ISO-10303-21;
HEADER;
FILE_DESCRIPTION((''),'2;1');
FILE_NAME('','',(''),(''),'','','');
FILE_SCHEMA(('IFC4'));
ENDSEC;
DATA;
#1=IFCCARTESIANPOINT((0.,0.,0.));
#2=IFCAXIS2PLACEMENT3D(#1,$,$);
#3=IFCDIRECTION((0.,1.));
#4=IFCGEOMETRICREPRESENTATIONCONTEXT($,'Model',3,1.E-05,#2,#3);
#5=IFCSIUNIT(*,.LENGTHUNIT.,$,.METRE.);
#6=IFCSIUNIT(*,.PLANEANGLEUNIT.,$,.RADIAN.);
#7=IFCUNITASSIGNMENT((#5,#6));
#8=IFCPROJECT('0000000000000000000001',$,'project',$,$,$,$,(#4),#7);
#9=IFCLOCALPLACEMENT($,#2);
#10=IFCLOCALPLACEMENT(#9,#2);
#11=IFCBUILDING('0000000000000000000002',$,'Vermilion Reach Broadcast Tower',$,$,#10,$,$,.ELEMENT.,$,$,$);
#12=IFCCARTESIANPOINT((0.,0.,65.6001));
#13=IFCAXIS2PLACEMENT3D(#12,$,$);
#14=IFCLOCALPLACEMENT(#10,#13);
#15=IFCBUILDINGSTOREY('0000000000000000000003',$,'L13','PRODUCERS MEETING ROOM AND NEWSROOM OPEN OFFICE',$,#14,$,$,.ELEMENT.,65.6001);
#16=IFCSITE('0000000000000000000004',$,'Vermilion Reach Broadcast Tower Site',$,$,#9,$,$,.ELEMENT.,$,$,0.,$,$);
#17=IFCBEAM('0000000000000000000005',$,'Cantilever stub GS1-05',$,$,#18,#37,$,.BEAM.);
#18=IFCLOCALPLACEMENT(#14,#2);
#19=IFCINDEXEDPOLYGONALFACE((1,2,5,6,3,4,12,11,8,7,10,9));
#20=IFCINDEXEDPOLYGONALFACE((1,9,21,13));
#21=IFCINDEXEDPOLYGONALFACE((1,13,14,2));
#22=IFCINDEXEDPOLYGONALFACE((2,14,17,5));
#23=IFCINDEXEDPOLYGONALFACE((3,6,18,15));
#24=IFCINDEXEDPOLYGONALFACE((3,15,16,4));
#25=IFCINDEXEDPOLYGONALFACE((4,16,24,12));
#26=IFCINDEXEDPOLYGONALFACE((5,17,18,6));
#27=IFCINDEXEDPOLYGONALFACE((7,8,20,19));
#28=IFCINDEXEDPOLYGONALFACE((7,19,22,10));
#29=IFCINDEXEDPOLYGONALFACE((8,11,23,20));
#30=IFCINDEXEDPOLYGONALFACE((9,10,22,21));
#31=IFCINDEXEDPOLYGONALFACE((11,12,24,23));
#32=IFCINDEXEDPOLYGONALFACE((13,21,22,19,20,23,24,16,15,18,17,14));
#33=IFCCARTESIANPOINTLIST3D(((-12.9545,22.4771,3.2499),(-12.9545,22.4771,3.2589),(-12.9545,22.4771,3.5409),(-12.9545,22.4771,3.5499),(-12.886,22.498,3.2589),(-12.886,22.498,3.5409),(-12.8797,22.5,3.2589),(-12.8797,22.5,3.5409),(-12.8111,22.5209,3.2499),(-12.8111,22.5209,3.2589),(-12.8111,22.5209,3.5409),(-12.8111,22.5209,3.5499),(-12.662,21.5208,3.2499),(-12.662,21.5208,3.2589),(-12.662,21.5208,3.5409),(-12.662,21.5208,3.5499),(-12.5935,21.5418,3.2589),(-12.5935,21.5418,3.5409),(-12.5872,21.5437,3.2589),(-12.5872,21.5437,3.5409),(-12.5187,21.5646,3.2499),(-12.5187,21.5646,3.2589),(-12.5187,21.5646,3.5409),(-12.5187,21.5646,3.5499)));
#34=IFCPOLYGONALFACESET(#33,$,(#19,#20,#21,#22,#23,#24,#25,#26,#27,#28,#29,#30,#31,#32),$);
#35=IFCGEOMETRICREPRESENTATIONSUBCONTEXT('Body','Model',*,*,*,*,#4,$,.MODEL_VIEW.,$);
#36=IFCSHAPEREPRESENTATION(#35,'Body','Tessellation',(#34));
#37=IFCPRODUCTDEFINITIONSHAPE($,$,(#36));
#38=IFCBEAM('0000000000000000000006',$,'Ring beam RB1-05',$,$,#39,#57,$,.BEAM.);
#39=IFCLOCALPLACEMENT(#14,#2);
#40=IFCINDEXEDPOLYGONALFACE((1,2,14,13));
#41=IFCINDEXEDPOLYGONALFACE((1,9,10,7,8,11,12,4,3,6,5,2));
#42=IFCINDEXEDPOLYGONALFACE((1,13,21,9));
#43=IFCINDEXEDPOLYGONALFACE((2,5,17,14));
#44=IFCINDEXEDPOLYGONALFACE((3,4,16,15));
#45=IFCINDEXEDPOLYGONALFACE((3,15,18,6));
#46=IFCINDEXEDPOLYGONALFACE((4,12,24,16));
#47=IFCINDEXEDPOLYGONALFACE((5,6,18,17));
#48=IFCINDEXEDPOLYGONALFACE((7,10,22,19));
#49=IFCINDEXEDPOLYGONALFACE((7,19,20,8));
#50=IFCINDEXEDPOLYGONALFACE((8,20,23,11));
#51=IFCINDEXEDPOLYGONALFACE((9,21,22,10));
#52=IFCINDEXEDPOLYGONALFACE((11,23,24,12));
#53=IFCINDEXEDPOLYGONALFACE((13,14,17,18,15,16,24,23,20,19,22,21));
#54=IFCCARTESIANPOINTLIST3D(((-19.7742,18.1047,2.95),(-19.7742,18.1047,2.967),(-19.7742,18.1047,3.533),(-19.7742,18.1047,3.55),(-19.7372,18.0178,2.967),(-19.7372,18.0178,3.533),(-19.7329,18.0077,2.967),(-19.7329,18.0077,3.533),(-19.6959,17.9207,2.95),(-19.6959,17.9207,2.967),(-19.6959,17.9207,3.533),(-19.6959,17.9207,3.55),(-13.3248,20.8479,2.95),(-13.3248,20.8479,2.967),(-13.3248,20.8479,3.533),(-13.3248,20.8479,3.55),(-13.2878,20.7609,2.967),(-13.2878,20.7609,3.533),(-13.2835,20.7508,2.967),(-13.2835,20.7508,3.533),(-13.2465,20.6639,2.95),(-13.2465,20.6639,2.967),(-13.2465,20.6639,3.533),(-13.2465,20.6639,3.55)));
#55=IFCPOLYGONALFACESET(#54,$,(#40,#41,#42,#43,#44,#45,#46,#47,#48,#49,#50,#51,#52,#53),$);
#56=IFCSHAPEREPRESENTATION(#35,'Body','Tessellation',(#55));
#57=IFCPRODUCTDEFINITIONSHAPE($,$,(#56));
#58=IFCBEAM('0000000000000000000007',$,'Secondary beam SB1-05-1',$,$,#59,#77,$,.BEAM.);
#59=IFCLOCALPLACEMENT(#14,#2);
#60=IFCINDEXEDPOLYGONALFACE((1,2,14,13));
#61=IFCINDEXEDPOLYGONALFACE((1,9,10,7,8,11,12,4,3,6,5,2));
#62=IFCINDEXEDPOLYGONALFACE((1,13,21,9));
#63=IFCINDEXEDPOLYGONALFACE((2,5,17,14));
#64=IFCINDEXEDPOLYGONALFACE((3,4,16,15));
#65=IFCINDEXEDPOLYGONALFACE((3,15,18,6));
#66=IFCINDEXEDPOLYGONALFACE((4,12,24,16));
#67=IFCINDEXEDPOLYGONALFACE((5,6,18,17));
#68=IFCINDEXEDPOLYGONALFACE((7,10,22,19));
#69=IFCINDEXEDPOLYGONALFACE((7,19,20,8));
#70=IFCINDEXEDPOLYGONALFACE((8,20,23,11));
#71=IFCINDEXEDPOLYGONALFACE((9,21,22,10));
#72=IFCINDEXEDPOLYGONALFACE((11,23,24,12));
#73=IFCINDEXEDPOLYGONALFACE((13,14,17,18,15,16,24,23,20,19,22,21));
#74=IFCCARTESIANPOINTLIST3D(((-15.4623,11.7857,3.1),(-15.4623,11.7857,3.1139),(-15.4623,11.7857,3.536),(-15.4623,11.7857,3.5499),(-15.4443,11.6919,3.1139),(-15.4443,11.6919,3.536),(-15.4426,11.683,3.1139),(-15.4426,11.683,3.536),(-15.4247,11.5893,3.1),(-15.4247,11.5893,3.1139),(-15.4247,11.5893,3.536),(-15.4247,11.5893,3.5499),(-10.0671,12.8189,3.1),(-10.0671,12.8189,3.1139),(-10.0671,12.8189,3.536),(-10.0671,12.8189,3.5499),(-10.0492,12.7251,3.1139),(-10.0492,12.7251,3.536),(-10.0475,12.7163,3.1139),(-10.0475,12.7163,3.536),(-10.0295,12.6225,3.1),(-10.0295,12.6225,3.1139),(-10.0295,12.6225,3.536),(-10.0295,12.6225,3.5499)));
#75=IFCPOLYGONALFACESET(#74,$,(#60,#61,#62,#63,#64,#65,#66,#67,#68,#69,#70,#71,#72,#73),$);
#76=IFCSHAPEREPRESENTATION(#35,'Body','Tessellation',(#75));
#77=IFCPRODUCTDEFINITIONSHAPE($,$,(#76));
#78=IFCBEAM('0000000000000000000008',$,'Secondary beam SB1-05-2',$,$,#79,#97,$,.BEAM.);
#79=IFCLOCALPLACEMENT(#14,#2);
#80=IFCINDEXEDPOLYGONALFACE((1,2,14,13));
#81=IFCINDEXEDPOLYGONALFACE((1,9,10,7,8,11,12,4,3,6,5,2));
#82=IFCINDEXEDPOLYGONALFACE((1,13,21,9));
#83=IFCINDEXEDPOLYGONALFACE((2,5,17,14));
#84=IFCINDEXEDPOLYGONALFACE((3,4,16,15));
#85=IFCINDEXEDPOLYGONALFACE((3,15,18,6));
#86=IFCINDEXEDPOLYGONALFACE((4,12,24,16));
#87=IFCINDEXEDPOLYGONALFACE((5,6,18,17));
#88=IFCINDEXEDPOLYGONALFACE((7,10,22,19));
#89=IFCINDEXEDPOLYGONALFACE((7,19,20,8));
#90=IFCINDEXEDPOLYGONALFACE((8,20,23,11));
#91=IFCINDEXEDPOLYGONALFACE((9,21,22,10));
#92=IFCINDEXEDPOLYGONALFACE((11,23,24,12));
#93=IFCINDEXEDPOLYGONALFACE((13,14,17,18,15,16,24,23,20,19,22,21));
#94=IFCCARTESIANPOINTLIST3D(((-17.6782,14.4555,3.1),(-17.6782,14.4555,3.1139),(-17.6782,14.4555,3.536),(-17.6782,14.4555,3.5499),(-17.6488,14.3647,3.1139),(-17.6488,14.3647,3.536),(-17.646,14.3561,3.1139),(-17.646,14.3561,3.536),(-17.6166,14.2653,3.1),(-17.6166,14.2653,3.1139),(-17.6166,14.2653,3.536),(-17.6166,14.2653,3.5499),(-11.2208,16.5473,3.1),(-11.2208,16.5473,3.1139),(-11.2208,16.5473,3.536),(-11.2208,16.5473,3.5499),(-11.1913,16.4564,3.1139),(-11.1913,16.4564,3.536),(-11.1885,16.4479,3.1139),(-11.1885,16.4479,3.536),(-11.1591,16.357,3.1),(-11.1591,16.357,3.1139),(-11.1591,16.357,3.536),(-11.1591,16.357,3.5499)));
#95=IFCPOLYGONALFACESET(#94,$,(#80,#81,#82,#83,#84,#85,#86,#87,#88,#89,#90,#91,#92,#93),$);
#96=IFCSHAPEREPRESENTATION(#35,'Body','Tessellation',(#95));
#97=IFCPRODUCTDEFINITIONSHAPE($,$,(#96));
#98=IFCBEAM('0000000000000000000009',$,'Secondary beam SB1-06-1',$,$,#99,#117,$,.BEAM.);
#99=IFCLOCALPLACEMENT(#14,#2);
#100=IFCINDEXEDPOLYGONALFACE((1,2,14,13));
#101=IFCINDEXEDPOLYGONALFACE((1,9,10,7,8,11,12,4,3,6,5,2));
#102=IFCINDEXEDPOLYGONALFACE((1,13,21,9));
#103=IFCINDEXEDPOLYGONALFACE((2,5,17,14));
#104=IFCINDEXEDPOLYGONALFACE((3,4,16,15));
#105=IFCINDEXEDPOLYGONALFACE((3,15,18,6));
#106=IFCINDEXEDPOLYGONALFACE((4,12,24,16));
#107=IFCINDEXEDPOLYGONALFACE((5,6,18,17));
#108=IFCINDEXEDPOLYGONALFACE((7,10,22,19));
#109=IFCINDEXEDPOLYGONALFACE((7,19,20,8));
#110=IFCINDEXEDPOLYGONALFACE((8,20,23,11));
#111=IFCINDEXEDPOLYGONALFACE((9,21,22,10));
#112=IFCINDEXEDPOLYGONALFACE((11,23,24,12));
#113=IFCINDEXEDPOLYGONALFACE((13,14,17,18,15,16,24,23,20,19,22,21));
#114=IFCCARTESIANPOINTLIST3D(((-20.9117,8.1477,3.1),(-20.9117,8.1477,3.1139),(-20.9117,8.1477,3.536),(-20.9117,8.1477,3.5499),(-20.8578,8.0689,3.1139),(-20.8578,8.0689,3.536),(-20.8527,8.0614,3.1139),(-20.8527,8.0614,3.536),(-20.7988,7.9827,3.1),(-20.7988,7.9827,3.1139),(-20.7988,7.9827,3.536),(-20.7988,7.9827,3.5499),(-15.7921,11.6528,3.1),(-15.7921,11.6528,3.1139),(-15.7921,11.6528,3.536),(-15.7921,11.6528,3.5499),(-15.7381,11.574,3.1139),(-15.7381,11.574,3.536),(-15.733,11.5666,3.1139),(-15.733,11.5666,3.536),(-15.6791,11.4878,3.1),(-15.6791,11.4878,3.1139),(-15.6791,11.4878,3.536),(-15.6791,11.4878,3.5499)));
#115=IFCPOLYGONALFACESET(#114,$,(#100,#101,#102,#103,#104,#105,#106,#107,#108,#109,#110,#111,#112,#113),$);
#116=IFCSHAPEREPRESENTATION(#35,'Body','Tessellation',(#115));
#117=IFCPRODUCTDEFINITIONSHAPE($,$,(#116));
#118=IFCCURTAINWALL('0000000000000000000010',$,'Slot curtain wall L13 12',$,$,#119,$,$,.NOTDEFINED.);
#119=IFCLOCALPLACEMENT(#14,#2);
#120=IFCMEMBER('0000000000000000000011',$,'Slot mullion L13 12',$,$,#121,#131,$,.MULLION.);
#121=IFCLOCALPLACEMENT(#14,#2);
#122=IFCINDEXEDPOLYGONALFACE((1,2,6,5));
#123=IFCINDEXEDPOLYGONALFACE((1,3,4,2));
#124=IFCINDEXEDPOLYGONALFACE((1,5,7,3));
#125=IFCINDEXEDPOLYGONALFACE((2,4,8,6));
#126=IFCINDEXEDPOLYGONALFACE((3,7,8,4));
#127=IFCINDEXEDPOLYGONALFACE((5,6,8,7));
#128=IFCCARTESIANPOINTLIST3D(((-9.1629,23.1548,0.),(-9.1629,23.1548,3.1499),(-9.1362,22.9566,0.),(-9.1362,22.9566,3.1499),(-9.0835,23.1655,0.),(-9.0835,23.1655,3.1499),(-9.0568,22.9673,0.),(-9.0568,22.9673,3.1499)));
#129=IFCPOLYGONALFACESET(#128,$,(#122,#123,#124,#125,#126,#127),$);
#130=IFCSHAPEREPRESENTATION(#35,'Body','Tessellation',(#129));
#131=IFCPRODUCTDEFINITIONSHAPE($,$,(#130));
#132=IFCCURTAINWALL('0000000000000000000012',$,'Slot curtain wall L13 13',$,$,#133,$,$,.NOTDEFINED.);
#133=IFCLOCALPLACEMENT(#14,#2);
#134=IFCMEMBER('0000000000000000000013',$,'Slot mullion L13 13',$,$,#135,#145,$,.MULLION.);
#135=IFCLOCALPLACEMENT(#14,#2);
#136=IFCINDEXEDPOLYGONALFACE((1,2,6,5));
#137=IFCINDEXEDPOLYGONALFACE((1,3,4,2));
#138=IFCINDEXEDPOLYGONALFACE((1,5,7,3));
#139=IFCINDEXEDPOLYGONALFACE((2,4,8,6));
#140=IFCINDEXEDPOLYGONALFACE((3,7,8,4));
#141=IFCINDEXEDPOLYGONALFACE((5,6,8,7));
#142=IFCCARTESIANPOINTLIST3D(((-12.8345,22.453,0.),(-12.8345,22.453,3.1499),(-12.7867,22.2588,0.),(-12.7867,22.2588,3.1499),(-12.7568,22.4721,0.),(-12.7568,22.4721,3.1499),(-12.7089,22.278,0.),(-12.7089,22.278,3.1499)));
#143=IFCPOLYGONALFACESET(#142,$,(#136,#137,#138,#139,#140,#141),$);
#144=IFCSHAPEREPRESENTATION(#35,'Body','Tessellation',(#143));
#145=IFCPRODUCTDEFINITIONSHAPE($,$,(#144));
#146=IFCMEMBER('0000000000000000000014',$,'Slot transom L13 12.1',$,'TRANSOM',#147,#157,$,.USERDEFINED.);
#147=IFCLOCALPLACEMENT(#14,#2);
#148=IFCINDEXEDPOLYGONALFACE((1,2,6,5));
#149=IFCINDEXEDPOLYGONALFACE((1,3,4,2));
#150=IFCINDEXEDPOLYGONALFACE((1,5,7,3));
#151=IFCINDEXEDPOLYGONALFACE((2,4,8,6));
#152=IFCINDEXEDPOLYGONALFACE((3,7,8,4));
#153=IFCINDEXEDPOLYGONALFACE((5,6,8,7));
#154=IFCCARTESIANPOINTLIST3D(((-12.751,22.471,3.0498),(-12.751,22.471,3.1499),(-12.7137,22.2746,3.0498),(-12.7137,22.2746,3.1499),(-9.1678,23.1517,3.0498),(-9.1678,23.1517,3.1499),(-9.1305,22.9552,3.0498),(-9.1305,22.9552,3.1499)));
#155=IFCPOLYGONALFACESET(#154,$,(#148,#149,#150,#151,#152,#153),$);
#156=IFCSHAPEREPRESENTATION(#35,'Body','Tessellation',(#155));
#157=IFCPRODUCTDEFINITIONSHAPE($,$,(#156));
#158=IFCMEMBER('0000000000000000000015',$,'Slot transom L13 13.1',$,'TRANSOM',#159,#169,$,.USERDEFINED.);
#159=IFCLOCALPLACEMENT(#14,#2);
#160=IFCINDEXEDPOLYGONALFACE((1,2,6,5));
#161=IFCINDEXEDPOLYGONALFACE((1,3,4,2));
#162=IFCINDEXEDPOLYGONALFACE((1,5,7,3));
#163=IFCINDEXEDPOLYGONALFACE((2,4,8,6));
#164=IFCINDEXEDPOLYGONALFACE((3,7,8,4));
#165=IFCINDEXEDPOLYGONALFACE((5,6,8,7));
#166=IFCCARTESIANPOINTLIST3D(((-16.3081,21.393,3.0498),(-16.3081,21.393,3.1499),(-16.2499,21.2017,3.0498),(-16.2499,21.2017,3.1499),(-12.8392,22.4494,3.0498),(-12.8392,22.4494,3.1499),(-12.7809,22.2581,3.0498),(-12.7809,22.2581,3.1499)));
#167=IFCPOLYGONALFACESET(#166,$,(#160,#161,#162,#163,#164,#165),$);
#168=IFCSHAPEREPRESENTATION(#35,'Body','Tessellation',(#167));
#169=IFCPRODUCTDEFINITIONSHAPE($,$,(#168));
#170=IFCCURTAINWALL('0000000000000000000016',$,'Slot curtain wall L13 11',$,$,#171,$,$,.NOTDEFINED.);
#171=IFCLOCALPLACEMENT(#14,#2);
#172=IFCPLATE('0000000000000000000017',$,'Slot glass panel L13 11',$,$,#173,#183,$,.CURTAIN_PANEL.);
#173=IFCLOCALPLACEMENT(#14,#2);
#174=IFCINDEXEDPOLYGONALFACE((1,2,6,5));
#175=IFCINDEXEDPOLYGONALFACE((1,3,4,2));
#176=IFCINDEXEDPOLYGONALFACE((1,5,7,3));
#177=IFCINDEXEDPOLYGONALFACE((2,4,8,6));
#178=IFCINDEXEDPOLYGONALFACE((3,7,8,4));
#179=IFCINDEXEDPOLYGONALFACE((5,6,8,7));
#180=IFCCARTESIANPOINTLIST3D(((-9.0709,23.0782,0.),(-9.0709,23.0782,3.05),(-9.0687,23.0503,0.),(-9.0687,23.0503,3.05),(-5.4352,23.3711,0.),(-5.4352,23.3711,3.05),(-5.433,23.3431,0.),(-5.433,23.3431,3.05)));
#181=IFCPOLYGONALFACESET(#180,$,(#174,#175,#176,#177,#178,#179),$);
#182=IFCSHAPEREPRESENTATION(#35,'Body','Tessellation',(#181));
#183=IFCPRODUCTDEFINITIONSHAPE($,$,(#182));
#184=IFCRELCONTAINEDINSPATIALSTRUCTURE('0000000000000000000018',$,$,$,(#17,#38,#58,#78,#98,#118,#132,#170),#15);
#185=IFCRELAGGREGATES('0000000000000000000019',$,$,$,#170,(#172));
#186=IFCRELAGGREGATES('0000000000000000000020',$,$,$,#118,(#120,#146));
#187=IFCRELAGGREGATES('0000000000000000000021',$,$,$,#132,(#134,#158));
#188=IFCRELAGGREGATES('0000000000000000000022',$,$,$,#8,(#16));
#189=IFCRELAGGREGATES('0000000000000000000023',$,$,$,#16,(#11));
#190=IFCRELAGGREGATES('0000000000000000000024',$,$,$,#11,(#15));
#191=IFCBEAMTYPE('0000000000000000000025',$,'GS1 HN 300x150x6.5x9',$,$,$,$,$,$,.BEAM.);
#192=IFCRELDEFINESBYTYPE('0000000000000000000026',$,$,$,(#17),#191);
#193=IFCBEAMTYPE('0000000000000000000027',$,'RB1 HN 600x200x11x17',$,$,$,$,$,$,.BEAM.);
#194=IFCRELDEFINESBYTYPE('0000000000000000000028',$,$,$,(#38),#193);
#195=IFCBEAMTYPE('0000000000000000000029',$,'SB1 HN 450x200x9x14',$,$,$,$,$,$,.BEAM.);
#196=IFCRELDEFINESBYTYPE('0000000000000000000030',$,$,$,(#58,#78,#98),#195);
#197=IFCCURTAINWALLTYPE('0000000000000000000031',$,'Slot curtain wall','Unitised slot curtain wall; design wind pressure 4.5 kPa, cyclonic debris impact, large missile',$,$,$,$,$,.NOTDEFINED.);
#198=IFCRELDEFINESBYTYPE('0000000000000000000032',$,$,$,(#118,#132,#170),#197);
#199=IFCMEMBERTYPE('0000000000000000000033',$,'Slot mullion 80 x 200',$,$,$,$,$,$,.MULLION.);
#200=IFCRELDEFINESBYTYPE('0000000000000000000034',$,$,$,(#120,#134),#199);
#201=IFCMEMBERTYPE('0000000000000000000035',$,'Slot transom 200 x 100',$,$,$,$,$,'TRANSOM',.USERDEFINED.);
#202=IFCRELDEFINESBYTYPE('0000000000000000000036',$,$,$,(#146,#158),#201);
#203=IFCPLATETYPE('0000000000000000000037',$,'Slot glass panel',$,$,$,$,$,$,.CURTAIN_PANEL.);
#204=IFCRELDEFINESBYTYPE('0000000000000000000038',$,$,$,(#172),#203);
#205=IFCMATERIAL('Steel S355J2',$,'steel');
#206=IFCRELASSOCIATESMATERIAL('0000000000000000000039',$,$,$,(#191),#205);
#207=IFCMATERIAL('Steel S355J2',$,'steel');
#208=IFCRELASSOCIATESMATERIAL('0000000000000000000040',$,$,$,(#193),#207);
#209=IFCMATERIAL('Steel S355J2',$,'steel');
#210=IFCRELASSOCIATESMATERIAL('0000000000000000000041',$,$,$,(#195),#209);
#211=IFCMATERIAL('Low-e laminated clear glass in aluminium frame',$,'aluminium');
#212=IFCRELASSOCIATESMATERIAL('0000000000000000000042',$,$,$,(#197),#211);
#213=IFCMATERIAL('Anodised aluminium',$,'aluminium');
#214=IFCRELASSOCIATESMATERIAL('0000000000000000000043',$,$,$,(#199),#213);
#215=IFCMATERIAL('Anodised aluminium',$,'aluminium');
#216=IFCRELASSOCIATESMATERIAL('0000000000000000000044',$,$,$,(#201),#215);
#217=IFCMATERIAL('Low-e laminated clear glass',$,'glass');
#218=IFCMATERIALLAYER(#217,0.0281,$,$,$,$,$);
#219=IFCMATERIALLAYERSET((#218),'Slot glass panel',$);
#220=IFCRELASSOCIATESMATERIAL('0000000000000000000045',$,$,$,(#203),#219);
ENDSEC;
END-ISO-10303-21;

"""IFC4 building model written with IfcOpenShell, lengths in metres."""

from ifc_helpers import new_model, si_unit, direction, frame, origin, origin_2d, place, context, subcontext, project, spatial, rectangle, i_section, extrude, material, layer, layer_set, material_profile, profile_set, type_object, element, aggregate, save


model = new_model("IFC4")

# Units and contexts
model_context = context("Model", 3, precision=1e-05, world=origin(), true_north=direction((0.0, 1.0)))
body_context = subcontext(model_context, "Body", "Model", "MODEL_VIEW")
ifc_project = project(units=[si_unit("LENGTHUNIT", "METRE"), si_unit("PLANEANGLEUNIT", "RADIAN")], contexts=[model_context])

# Site, building, storey
site_placement = place(None, origin())
site = spatial("IfcSite", under=ifc_project, at=site_placement, Name="Vermilion Reach Broadcast Tower Site", CompositionType="ELEMENT", RefElevation=0.0)
building_placement = place(site_placement, origin())
building = spatial("IfcBuilding", under=site, at=building_placement, Name="Vermilion Reach Broadcast Tower", CompositionType="ELEMENT")
storey_placement = place(building_placement, frame((0.0, 0.0, 65.6001)))
storey = spatial("IfcBuildingStorey", under=building, at=storey_placement, Name="L13", Description="PRODUCERS MEETING ROOM AND NEWSROOM OPEN OFFICE", CompositionType="ELEMENT", Elevation=65.6001)

# Beams
ifc_material_1 = material(Name="Steel S355J2", Category="steel")
ifc_material_profile_1 = material_profile(ifc_material_1, i_section(OverallWidth=0.1499, OverallDepth=0.3, WebThickness=0.0066, FlangeThickness=0.009, at=origin_2d()), Name="S355J2 HN 300x150x6.5x9")
ifc_profile_set_1 = profile_set([ifc_material_profile_1], Name="Steel S355J2")
beam_type_1 = type_object("IfcBeamType", Name="GS1 HN 300x150x6.5x9", PredefinedType="BEAM", material=ifc_profile_set_1)
beam_1_placement = place(storey_placement, frame((-12.5903, 21.5427, 3.3999), z_axis=(-0.292473, 0.956274, 0.0), x_axis=(-0.956274, -0.292473, 0.0)))
element("IfcBeam", 1, at=beam_1_placement, inside=storey, type_object=beam_type_1, Name="Cantilever stub GS1-05", PredefinedType="BEAM", context=body_context, shape_type="SweptSolid", body=[
    extrude(i_section(OverallWidth=0.1499, OverallDepth=0.3, WebThickness=0.0066, FlangeThickness=0.009, at=origin_2d()), origin(), (0.0, 0.0, 1.0), 1.0),
])
ifc_material_2 = material(Name="Steel S355J2", Category="steel")
ifc_material_profile_2 = material_profile(ifc_material_2, i_section(OverallWidth=0.2, OverallDepth=0.6001, WebThickness=0.011, FlangeThickness=0.0171, at=origin_2d()), Name="S355J2 HN 600x200x11x17")
ifc_profile_set_2 = profile_set([ifc_material_profile_2], Name="Steel S355J2")
beam_type_2 = type_object("IfcBeamType", Name="RB1 HN 600x200x11x17", PredefinedType="BEAM", material=ifc_profile_set_2)
beam_2_placement = place(storey_placement, frame((-13.2856, 20.7559, 3.25), z_axis=(-0.920221, -0.3914, 0.0), x_axis=(0.3914, -0.920221, 0.0)))
element("IfcBeam", 2, at=beam_2_placement, inside=storey, type_object=beam_type_2, Name="Ring beam RB1-05", PredefinedType="BEAM", context=body_context, shape_type="SweptSolid", body=[
    extrude(i_section(OverallWidth=0.2, OverallDepth=0.6001, WebThickness=0.011, FlangeThickness=0.0171, at=origin_2d()), origin(), (0.0, 0.0, 1.0), 7.0085),
])
ifc_material_3 = material(Name="Steel S355J2", Category="steel")
ifc_material_profile_3 = material_profile(ifc_material_3, i_section(OverallWidth=0.2, OverallDepth=0.45, WebThickness=0.009, FlangeThickness=0.0139, at=origin_2d()), Name="S355J2 HN 450x200x9x14")
ifc_profile_set_3 = profile_set([ifc_material_profile_3], Name="Steel S355J2")
beam_type_3 = type_object("IfcBeamType", Name="SB1 HN 450x200x9x14", PredefinedType="BEAM", material=ifc_profile_set_3)
beam_3_placement = place(storey_placement, frame((-10.0483, 12.7207, 3.325), z_axis=(-0.982151, -0.188092, 0.0), x_axis=(0.188092, -0.982151, 0.0)))
element("IfcBeam", 3, at=beam_3_placement, inside=storey, type_object=beam_type_3, Name="Secondary beam SB1-05-1", PredefinedType="BEAM", context=body_context, shape_type="SweptSolid", body=[
    extrude(i_section(OverallWidth=0.2, OverallDepth=0.45, WebThickness=0.009, FlangeThickness=0.0139, at=origin_2d()), origin(), (0.0, 0.0, 1.0), 5.4932),
])
beam_4_placement = place(storey_placement, frame((-11.1899, 16.4521, 3.325), z_axis=(-0.951332, -0.308167, 0.0), x_axis=(0.308167, -0.951332, 0.0)))
element("IfcBeam", 4, at=beam_4_placement, inside=storey, type_object=beam_type_3, Name="Secondary beam SB1-05-2", PredefinedType="BEAM", context=body_context, shape_type="SweptSolid", body=[
    extrude(i_section(OverallWidth=0.2, OverallDepth=0.45, WebThickness=0.009, FlangeThickness=0.0139, at=origin_2d()), origin(), (0.0, 0.0, 1.0), 6.7878),
])
beam_5_placement = place(storey_placement, frame((-15.7356, 11.5703, 3.325), z_axis=(-0.82514, -0.564928, 0.0), x_axis=(0.564928, -0.82514, 0.0)))
element("IfcBeam", 5, at=beam_5_placement, inside=storey, type_object=beam_type_3, Name="Secondary beam SB1-06-1", PredefinedType="BEAM", context=body_context, shape_type="SweptSolid", body=[
    extrude(i_section(OverallWidth=0.2, OverallDepth=0.45, WebThickness=0.009, FlangeThickness=0.0139, at=origin_2d()), origin(), (0.0, 0.0, 1.0), 6.2046),
])

# Curtain walls, members
ifc_material_4 = material(Name="Low-e laminated clear glass in aluminium frame", Category="aluminium")
curtain_wall_type = type_object("IfcCurtainWallType", Name="Slot curtain wall", Description="Unitised slot curtain wall; design wind pressure 4.5 kPa, cyclonic debris impact, large missile", PredefinedType="NOTDEFINED", material=ifc_material_4)
placement = place(storey_placement, origin())
curtain_wall_1 = element("IfcCurtainWall", 6, at=placement, inside=storey, type_object=curtain_wall_type, Name="Slot curtain wall L13 12", PredefinedType="NOTDEFINED")
ifc_material_5 = material(Name="Anodised aluminium", Category="aluminium")
ifc_material_profile_4 = material_profile(ifc_material_5, rectangle(XDim=0.2, YDim=0.0801, at=origin_2d()), Name="Slot mullion 80 x 200")
ifc_profile_set_4 = profile_set([ifc_material_profile_4], Name="Anodised aluminium")
member_type_1 = type_object("IfcMemberType", Name="Slot mullion 80 x 200", PredefinedType="MULLION", material=ifc_profile_set_4)
member_1_placement = place(storey_placement, frame((-9.1099, 23.061, 0.0), z_axis=(0.0, 0.0, 1.0), x_axis=(0.13364, -0.99103, 0.0)))
member_1 = element("IfcMember", 7, at=member_1_placement, type_object=member_type_1, Name="Slot mullion L13 12", PredefinedType="MULLION", context=body_context, shape_type="SweptSolid", body=[
    extrude(rectangle(XDim=0.2, YDim=0.0801, at=origin_2d()), origin(), (0.0, 0.0, 1.0), 3.1499),
])
curtain_wall_2 = element("IfcCurtainWall", 8, at=placement, inside=storey, type_object=curtain_wall_type, Name="Slot curtain wall L13 13", PredefinedType="NOTDEFINED")
member_2_placement = place(storey_placement, frame((-12.7717, 22.3655, 0.0), z_axis=(0.0, 0.0, 1.0), x_axis=(0.239312, -0.970943, 0.0)))
member_2 = element("IfcMember", 9, at=member_2_placement, type_object=member_type_1, Name="Slot mullion L13 13", PredefinedType="MULLION", context=body_context, shape_type="SweptSolid", body=[
    extrude(rectangle(XDim=0.2, YDim=0.0801, at=origin_2d()), origin(), (0.0, 0.0, 1.0), 3.1499),
])

# Members
ifc_material_6 = material(Name="Anodised aluminium", Category="aluminium")
ifc_material_profile_5 = material_profile(ifc_material_6, rectangle(XDim=0.2, YDim=0.1001, at=origin_2d()), Name="Slot transom 200 x 100")
ifc_profile_set_5 = profile_set([ifc_material_profile_5], Name="Anodised aluminium")
member_type_2 = type_object("IfcMemberType", Name="Slot transom 200 x 100", ElementType="TRANSOM", PredefinedType="USERDEFINED", material=ifc_profile_set_5)
member_3_placement = place(storey_placement, frame((-9.1492, 23.0535, 3.0999), z_axis=(-0.982432, -0.18662, 0.0), x_axis=(0.18662, -0.982432, 0.0)))
member_3 = element("IfcMember", 10, at=member_3_placement, type_object=member_type_2, Name="Slot transom L13 12.1", ObjectType="TRANSOM", PredefinedType="USERDEFINED", context=body_context, shape_type="SweptSolid", body=[
    extrude(rectangle(XDim=0.2, YDim=0.1001, at=origin_2d()), origin(), (0.0, 0.0, 1.0), 3.6472),
])
member_4_placement = place(storey_placement, frame((-12.8101, 22.3538, 3.0999), z_axis=(-0.956627, -0.291317, 0.0), x_axis=(0.291317, -0.956627, 0.0)))
member_4 = element("IfcMember", 11, at=member_4_placement, type_object=member_type_2, Name="Slot transom L13 13.1", ObjectType="TRANSOM", PredefinedType="USERDEFINED", context=body_context, shape_type="SweptSolid", body=[
    extrude(rectangle(XDim=0.2, YDim=0.1001, at=origin_2d()), origin(), (0.0, 0.0, 1.0), 3.6262),
])

# Curtain wall, plate
curtain_wall_3 = element("IfcCurtainWall", 12, at=placement, inside=storey, type_object=curtain_wall_type, Name="Slot curtain wall L13 11", PredefinedType="NOTDEFINED")
ifc_material_7 = material(Name="Low-e laminated clear glass", Category="glass")
ifc_layer_1 = layer(ifc_material_7, 0.0281)
ifc_layer_set_1 = layer_set([ifc_layer_1], Name="Slot glass panel")
plate_type = type_object("IfcPlateType", Name="Slot glass panel", PredefinedType="CURTAIN_PANEL", material=ifc_layer_set_1)
plate_1_placement = place(storey_placement, frame((-7.252, 23.2107, 0.0), z_axis=(0.0, 0.0, 1.0), x_axis=(-0.996771, -0.080297, 0.0)))
plate_1 = element("IfcPlate", 13, at=plate_1_placement, type_object=plate_type, Name="Slot glass panel L13 11", PredefinedType="CURTAIN_PANEL", context=body_context, shape_type="SweptSolid", body=[
    extrude(rectangle(XDim=3.6475, YDim=0.0281, at=origin_2d()), origin(), (0.0, 0.0, 1.0), 3.05),
])
aggregate(curtain_wall_3, [plate_1])

aggregate(curtain_wall_1, [member_1, member_3])
aggregate(curtain_wall_2, [member_2, member_4])

save(model, "model.ifc")
